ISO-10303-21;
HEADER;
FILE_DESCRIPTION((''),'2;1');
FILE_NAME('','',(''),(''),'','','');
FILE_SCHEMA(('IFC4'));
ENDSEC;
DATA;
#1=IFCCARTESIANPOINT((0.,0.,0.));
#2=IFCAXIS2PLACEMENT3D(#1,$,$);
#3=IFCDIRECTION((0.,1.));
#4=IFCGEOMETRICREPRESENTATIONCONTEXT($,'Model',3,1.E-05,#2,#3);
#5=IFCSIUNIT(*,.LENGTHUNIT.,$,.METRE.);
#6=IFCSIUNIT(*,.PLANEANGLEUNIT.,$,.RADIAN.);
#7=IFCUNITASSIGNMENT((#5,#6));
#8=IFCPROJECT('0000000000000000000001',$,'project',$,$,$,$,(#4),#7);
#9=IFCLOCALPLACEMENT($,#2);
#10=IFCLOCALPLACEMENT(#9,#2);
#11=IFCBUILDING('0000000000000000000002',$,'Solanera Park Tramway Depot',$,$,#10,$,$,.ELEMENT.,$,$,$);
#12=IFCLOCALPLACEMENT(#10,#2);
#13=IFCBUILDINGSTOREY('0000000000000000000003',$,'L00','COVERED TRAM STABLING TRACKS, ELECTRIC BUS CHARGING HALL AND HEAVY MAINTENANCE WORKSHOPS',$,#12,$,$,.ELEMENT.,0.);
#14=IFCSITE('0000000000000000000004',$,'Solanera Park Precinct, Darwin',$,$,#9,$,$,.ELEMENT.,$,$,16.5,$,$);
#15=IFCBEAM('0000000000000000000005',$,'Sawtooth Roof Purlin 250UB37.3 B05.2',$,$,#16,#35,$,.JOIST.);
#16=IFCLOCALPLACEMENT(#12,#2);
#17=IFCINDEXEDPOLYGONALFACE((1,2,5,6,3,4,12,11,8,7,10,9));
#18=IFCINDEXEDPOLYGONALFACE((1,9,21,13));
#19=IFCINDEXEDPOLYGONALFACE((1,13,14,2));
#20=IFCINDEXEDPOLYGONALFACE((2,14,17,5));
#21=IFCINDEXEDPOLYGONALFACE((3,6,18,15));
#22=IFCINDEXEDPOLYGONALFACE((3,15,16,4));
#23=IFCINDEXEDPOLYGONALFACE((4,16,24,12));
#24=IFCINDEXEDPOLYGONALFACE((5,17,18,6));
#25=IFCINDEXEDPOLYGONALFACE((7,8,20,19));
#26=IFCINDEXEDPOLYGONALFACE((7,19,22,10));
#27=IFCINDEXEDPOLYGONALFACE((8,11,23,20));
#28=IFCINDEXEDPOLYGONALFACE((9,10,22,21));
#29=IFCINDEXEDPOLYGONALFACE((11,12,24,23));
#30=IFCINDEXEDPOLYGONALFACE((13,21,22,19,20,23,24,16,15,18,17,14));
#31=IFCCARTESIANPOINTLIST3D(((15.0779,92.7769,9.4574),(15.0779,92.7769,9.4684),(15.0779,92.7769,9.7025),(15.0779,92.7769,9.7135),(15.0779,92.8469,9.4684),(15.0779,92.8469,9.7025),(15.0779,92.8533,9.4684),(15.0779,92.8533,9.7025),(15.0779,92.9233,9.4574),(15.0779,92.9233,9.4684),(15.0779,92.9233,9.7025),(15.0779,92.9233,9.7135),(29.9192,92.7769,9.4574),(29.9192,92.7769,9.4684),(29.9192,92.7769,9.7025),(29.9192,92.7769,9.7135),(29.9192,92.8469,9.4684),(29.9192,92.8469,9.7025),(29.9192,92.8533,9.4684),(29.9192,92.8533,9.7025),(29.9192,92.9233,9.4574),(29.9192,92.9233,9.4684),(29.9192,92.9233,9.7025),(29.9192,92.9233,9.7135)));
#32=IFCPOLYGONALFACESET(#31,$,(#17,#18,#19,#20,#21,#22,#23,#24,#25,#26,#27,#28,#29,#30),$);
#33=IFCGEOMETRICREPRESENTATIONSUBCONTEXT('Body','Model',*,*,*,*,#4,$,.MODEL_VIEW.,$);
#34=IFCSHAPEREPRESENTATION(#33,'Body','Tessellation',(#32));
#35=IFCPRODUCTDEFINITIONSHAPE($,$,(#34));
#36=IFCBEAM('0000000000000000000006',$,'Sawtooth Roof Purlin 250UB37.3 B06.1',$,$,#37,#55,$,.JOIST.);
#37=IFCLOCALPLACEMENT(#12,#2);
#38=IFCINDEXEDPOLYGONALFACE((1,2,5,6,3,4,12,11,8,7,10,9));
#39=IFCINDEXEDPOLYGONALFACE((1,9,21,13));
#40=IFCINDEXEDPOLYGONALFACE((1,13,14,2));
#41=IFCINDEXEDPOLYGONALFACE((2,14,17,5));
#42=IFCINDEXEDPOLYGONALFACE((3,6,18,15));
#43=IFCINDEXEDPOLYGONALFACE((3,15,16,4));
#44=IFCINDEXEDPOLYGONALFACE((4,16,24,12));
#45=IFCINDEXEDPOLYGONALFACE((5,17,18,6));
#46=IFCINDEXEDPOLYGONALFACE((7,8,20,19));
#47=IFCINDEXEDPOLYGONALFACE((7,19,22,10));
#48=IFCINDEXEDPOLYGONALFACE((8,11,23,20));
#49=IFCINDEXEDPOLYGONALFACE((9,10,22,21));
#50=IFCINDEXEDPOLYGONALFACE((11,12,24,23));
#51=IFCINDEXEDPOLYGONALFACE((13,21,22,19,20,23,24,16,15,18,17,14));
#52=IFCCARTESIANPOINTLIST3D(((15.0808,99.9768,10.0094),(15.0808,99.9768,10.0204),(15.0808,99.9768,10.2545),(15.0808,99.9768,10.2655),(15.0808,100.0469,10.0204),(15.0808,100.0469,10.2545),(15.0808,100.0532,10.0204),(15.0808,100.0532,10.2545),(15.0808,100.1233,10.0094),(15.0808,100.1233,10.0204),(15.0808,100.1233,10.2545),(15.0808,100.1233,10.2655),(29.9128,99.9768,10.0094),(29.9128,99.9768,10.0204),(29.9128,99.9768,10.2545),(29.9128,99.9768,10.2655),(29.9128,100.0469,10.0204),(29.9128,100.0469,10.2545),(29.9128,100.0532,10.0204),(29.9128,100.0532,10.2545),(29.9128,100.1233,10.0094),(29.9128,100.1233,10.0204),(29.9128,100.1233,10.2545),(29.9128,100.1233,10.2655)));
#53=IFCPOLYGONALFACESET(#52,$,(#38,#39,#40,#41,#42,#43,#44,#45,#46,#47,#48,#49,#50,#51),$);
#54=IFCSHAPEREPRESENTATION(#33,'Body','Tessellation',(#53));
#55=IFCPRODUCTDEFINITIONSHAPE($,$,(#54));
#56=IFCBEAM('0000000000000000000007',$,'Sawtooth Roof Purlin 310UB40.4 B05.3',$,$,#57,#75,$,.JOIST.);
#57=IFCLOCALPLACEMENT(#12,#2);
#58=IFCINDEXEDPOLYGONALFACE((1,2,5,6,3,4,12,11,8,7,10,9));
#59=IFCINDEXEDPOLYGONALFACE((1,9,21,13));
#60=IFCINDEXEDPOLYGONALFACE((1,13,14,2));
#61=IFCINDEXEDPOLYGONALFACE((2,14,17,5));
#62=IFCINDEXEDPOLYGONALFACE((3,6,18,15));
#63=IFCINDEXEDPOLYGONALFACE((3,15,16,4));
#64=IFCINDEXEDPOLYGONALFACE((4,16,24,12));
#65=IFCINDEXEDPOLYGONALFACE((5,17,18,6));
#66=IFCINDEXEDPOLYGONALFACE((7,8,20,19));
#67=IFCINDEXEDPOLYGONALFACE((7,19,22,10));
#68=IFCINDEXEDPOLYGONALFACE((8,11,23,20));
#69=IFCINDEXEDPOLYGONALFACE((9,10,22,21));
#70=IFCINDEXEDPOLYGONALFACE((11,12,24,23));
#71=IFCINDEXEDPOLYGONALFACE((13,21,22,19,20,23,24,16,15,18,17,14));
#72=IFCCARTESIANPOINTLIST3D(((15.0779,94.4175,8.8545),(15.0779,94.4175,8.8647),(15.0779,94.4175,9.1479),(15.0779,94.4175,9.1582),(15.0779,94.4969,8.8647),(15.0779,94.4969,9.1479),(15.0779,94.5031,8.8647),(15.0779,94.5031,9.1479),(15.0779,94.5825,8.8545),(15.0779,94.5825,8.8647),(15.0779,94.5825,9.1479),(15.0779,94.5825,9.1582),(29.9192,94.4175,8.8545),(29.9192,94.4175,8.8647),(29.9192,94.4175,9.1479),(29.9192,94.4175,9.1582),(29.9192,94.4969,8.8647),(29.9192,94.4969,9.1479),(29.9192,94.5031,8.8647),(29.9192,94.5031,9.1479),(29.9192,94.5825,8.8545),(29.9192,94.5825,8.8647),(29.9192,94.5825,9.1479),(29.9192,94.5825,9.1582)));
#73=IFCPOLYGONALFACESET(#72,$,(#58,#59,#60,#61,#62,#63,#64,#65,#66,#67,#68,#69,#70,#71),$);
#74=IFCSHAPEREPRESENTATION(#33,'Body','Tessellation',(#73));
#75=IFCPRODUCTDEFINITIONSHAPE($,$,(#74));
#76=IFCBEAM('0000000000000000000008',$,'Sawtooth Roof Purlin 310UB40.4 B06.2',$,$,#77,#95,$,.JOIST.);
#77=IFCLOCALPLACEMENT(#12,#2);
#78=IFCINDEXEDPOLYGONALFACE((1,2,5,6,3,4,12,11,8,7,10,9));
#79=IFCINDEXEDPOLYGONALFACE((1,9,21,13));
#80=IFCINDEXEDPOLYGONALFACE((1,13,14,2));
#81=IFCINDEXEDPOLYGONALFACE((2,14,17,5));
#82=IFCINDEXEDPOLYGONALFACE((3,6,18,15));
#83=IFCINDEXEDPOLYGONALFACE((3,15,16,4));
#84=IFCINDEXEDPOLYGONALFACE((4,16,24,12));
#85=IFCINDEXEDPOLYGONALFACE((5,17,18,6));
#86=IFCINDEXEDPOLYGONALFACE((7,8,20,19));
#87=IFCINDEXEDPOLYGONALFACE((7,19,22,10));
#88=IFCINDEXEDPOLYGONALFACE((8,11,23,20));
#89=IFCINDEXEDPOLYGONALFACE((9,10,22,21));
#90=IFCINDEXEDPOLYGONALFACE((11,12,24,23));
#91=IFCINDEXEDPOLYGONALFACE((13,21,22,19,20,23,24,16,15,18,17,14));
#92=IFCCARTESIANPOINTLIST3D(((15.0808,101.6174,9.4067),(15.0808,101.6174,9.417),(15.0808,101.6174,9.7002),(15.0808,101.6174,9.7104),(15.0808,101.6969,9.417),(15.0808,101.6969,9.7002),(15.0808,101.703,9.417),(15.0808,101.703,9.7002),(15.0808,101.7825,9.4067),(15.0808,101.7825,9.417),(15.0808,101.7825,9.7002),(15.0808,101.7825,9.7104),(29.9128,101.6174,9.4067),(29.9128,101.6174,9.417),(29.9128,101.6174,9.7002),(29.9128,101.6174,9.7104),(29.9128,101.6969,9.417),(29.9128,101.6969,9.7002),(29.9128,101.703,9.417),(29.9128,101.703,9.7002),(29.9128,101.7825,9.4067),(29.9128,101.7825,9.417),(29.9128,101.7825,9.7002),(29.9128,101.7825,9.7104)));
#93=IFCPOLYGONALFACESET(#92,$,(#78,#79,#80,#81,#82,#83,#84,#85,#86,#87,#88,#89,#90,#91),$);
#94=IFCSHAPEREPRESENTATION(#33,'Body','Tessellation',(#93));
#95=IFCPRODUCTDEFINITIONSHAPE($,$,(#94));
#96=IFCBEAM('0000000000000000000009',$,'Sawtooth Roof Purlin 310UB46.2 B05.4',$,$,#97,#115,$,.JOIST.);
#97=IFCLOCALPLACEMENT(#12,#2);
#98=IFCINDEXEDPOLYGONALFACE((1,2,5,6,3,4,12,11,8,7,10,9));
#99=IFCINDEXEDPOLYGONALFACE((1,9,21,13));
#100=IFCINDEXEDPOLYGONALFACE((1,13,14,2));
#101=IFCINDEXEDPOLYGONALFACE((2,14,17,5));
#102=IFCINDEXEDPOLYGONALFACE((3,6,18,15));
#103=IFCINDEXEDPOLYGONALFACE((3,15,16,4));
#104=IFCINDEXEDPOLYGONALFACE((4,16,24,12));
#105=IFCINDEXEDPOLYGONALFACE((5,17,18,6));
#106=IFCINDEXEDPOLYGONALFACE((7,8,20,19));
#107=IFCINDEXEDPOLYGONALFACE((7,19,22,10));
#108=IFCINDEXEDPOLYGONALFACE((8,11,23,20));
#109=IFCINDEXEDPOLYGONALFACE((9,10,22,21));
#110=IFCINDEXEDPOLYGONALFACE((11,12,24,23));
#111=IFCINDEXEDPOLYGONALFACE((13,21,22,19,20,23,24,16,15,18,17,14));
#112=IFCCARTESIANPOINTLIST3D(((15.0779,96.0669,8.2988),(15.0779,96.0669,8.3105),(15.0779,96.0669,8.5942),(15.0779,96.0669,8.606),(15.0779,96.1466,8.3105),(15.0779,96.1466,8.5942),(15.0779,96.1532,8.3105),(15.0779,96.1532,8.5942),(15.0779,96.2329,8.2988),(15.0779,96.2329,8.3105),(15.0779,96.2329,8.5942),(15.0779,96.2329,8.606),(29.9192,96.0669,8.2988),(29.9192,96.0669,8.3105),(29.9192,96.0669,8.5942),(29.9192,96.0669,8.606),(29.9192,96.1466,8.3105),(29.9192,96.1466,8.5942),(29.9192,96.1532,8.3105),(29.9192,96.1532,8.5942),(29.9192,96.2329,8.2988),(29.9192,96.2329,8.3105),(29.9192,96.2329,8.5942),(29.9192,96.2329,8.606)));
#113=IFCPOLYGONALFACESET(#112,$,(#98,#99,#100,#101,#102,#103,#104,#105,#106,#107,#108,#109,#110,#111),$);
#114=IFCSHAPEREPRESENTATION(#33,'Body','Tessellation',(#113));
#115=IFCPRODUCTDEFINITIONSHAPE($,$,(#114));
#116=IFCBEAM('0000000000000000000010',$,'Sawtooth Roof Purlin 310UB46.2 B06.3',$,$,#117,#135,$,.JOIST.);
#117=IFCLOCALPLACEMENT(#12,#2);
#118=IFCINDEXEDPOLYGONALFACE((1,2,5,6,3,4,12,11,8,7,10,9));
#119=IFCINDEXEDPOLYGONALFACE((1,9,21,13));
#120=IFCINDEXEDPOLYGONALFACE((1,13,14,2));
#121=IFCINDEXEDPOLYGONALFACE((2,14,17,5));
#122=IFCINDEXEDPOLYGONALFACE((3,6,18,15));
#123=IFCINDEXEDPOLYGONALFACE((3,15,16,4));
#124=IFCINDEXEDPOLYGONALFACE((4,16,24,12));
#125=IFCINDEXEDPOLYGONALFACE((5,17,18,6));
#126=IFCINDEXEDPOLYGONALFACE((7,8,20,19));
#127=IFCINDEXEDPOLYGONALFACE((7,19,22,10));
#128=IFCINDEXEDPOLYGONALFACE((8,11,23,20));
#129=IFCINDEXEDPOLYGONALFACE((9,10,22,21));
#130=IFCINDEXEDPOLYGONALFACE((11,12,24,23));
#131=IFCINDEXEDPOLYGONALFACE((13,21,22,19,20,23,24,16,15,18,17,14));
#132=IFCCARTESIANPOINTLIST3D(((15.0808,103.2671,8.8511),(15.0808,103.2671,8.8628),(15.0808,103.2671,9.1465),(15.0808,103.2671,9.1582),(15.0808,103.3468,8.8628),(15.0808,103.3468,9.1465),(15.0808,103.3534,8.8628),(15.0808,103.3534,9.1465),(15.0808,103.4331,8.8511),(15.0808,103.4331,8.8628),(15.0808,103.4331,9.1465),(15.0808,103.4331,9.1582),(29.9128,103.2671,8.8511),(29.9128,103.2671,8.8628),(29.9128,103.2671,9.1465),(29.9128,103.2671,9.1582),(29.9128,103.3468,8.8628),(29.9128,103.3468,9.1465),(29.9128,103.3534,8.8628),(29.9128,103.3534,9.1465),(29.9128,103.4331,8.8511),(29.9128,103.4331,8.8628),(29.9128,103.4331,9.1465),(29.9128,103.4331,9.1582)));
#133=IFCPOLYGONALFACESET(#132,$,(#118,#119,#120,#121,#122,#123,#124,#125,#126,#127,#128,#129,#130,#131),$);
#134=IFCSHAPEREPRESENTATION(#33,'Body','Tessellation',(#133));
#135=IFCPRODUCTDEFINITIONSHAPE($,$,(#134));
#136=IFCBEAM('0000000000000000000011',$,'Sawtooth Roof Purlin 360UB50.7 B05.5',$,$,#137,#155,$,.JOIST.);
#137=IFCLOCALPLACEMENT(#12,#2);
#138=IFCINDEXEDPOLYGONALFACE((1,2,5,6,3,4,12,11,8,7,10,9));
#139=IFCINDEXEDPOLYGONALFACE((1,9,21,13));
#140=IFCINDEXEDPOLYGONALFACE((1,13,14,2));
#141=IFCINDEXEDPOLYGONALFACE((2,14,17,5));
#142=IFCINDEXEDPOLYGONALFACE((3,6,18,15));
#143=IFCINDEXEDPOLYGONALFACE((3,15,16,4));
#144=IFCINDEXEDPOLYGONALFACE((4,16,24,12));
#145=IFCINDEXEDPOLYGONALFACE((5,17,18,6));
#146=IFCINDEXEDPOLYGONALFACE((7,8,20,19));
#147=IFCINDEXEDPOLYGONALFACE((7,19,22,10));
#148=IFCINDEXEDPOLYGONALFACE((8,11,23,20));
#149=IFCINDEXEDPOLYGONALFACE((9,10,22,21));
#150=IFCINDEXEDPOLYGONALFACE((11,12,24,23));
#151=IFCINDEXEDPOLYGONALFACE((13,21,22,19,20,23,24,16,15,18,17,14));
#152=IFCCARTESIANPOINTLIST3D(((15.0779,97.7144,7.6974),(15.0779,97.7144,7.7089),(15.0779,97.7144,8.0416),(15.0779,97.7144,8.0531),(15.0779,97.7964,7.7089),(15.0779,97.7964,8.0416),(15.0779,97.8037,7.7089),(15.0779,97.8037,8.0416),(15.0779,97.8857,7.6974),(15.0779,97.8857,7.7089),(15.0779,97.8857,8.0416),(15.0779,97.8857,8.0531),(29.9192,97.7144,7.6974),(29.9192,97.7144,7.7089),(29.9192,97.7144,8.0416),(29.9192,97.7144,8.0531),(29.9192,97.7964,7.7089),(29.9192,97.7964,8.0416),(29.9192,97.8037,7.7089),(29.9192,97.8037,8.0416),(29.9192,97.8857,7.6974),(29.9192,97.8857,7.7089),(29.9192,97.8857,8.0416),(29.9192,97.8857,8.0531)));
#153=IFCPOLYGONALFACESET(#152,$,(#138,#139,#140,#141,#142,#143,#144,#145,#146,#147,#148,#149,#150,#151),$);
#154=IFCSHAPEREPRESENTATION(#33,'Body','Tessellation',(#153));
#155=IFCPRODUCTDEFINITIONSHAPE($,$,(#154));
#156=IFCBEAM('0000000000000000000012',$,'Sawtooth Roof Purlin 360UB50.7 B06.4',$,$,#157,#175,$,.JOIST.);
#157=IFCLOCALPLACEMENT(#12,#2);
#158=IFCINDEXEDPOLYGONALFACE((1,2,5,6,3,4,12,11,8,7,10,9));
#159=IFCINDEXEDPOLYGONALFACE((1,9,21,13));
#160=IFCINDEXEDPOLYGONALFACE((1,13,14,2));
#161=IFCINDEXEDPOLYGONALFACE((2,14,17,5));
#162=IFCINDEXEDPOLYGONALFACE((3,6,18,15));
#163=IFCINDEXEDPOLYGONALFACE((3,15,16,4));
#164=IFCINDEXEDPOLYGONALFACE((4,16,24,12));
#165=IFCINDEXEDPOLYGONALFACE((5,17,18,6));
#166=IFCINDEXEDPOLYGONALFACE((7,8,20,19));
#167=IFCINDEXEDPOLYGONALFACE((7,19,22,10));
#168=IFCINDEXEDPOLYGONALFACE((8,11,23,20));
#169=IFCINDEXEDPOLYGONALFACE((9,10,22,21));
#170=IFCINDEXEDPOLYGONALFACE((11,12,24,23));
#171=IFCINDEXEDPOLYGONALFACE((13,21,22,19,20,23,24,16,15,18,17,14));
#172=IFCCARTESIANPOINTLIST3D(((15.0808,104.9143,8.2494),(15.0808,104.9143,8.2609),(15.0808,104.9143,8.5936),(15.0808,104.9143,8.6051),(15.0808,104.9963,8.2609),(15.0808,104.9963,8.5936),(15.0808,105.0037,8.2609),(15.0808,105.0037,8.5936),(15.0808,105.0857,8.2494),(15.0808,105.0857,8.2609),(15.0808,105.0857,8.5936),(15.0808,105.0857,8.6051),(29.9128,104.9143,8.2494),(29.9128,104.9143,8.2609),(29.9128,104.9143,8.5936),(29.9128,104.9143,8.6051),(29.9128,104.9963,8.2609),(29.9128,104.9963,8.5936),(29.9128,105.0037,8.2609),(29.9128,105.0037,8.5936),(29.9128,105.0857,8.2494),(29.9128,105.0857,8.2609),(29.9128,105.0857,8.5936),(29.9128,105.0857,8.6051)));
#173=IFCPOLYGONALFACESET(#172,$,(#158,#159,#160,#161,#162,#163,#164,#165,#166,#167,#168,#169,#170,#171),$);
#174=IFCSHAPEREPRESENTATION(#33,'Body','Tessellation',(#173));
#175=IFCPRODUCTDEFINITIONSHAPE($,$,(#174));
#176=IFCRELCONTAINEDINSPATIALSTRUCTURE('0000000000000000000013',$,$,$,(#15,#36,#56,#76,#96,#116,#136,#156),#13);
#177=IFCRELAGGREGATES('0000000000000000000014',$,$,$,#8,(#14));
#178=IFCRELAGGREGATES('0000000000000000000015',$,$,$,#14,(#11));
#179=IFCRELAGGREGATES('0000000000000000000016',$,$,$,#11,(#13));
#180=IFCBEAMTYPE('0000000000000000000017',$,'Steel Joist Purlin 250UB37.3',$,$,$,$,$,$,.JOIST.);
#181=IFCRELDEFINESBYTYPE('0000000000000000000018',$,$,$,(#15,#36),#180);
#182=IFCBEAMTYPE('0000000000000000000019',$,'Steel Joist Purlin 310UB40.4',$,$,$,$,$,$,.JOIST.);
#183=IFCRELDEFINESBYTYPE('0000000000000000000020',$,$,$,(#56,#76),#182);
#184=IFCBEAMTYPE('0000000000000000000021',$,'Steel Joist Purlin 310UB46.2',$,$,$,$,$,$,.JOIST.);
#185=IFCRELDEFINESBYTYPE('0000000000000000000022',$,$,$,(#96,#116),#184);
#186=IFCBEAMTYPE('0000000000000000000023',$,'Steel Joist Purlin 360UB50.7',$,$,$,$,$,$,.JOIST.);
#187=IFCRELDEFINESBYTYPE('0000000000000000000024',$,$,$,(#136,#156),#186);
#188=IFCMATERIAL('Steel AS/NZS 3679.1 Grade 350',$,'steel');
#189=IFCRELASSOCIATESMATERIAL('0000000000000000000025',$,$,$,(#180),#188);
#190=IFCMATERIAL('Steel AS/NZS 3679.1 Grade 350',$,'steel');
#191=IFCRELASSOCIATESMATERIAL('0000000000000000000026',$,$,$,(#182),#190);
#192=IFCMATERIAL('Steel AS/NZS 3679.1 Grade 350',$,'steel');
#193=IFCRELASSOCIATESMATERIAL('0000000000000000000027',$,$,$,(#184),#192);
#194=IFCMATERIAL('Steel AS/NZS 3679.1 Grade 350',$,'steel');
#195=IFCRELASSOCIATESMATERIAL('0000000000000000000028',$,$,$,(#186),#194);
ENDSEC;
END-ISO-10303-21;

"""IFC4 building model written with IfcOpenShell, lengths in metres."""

from ifc_helpers import new_model, si_unit, direction, frame, origin, origin_2d, place, context, subcontext, project, spatial, i_section, extrude, material, material_profile, profile_set, type_object, element, save


model = new_model("IFC4")

# Units and contexts
model_context = context("Model", 3, precision=1e-05, world=origin(), true_north=direction((0.0, 1.0)))
body_context = subcontext(model_context, "Body", "Model", "MODEL_VIEW")
ifc_project = project(units=[si_unit("LENGTHUNIT", "METRE"), si_unit("PLANEANGLEUNIT", "RADIAN")], contexts=[model_context])

# Site, building, storey
site_placement = place(None, origin())
site = spatial("IfcSite", under=ifc_project, at=site_placement, Name="Solanera Park Precinct, Darwin", CompositionType="ELEMENT", RefElevation=16.5)
building_placement = place(site_placement, origin())
building = spatial("IfcBuilding", under=site, at=building_placement, Name="Solanera Park Tramway Depot", CompositionType="ELEMENT")
storey_placement = place(building_placement, origin())
storey = spatial("IfcBuildingStorey", under=building, at=storey_placement, Name="L00", Description="COVERED TRAM STABLING TRACKS, ELECTRIC BUS CHARGING HALL AND HEAVY MAINTENANCE WORKSHOPS", CompositionType="ELEMENT", Elevation=0.0)

# Beams
ifc_material_1 = material(Name="Steel AS/NZS 3679.1 Grade 350", Category="steel")
ifc_material_profile_1 = material_profile(ifc_material_1, i_section(OverallWidth=0.1465, OverallDepth=0.2561, WebThickness=0.0063, FlangeThickness=0.011, at=origin_2d()), Name="250UB37.3")
ifc_profile_set_1 = profile_set([ifc_material_profile_1], Name="Steel AS/NZS 3679.1 Grade 350")
beam_type_1 = type_object("IfcBeamType", Name="Steel Joist Purlin 250UB37.3", PredefinedType="JOIST", material=ifc_profile_set_1)
beam_1_placement = place(storey_placement, frame((15.0779, 92.8501, 9.5854), z_axis=(1.0, 0.0, 0.0), x_axis=(0.0, 1.0, 0.0)))
element("IfcBeam", 1, at=beam_1_placement, inside=storey, type_object=beam_type_1, Name="Sawtooth Roof Purlin 250UB37.3 B05.2", PredefinedType="JOIST", context=body_context, shape_type="SweptSolid", body=[
    extrude(i_section(OverallWidth=0.1465, OverallDepth=0.2561, WebThickness=0.0063, FlangeThickness=0.011, at=origin_2d()), origin(), (0.0, 0.0, 1.0), 14.8413),
])
beam_2_placement = place(storey_placement, frame((15.0808, 100.05, 10.1375), z_axis=(1.0, 0.0, 0.0), x_axis=(0.0, 1.0, 0.0)))
element("IfcBeam", 2, at=beam_2_placement, inside=storey, type_object=beam_type_1, Name="Sawtooth Roof Purlin 250UB37.3 B06.1", PredefinedType="JOIST", context=body_context, shape_type="SweptSolid", body=[
    extrude(i_section(OverallWidth=0.1465, OverallDepth=0.2561, WebThickness=0.0063, FlangeThickness=0.011, at=origin_2d()), origin(), (0.0, 0.0, 1.0), 14.832),
])
ifc_material_2 = material(Name="Steel AS/NZS 3679.1 Grade 350", Category="steel")
ifc_material_profile_2 = material_profile(ifc_material_2, i_section(OverallWidth=0.165, OverallDepth=0.3037, WebThickness=0.0061, FlangeThickness=0.0103, at=origin_2d()), Name="310UB40.4")
ifc_profile_set_2 = profile_set([ifc_material_profile_2], Name="Steel AS/NZS 3679.1 Grade 350")
beam_type_2 = type_object("IfcBeamType", Name="Steel Joist Purlin 310UB40.4", PredefinedType="JOIST", material=ifc_profile_set_2)
beam_3_placement = place(storey_placement, frame((15.0779, 94.5, 9.0063), z_axis=(1.0, 0.0, 0.0), x_axis=(0.0, 1.0, 0.0)))
element("IfcBeam", 3, at=beam_3_placement, inside=storey, type_object=beam_type_2, Name="Sawtooth Roof Purlin 310UB40.4 B05.3", PredefinedType="JOIST", context=body_context, shape_type="SweptSolid", body=[
    extrude(i_section(OverallWidth=0.165, OverallDepth=0.3037, WebThickness=0.0061, FlangeThickness=0.0103, at=origin_2d()), origin(), (0.0, 0.0, 1.0), 14.8413),
])
beam_4_placement = place(storey_placement, frame((15.0808, 101.7, 9.5586), z_axis=(1.0, 0.0, 0.0), x_axis=(0.0, 1.0, 0.0)))
element("IfcBeam", 4, at=beam_4_placement, inside=storey, type_object=beam_type_2, Name="Sawtooth Roof Purlin 310UB40.4 B06.2", PredefinedType="JOIST", context=body_context, shape_type="SweptSolid", body=[
    extrude(i_section(OverallWidth=0.165, OverallDepth=0.3037, WebThickness=0.0061, FlangeThickness=0.0103, at=origin_2d()), origin(), (0.0, 0.0, 1.0), 14.832),
])
ifc_material_3 = material(Name="Steel AS/NZS 3679.1 Grade 350", Category="steel")
ifc_material_profile_3 = material_profile(ifc_material_3, i_section(OverallWidth=0.166, OverallDepth=0.3071, WebThickness=0.0066, FlangeThickness=0.0117, at=origin_2d()), Name="310UB46.2")
ifc_profile_set_3 = profile_set([ifc_material_profile_3], Name="Steel AS/NZS 3679.1 Grade 350")
beam_type_3 = type_object("IfcBeamType", Name="Steel Joist Purlin 310UB46.2", PredefinedType="JOIST", material=ifc_profile_set_3)
beam_5_placement = place(storey_placement, frame((15.0779, 96.1499, 8.4524), z_axis=(1.0, 0.0, 0.0), x_axis=(0.0, 1.0, 0.0)))
element("IfcBeam", 5, at=beam_5_placement, inside=storey, type_object=beam_type_3, Name="Sawtooth Roof Purlin 310UB46.2 B05.4", PredefinedType="JOIST", context=body_context, shape_type="SweptSolid", body=[
    extrude(i_section(OverallWidth=0.166, OverallDepth=0.3071, WebThickness=0.0066, FlangeThickness=0.0117, at=origin_2d()), origin(), (0.0, 0.0, 1.0), 14.8413),
])
beam_6_placement = place(storey_placement, frame((15.0808, 103.3501, 9.0046), z_axis=(1.0, 0.0, 0.0), x_axis=(0.0, 1.0, 0.0)))
element("IfcBeam", 6, at=beam_6_placement, inside=storey, type_object=beam_type_3, Name="Sawtooth Roof Purlin 310UB46.2 B06.3", PredefinedType="JOIST", context=body_context, shape_type="SweptSolid", body=[
    extrude(i_section(OverallWidth=0.166, OverallDepth=0.3071, WebThickness=0.0066, FlangeThickness=0.0117, at=origin_2d()), origin(), (0.0, 0.0, 1.0), 14.832),
])
ifc_material_4 = material(Name="Steel AS/NZS 3679.1 Grade 350", Category="steel")
ifc_material_profile_4 = material_profile(ifc_material_4, i_section(OverallWidth=0.1714, OverallDepth=0.3557, WebThickness=0.0073, FlangeThickness=0.0115, at=origin_2d()), Name="360UB50.7")
ifc_profile_set_4 = profile_set([ifc_material_profile_4], Name="Steel AS/NZS 3679.1 Grade 350")
beam_type_4 = type_object("IfcBeamType", Name="Steel Joist Purlin 360UB50.7", PredefinedType="JOIST", material=ifc_profile_set_4)
beam_7_placement = place(storey_placement, frame((15.0779, 97.8, 7.8752), z_axis=(1.0, 0.0, 0.0), x_axis=(0.0, 1.0, 0.0)))
element("IfcBeam", 7, at=beam_7_placement, inside=storey, type_object=beam_type_4, Name="Sawtooth Roof Purlin 360UB50.7 B05.5", PredefinedType="JOIST", context=body_context, shape_type="SweptSolid", body=[
    extrude(i_section(OverallWidth=0.1714, OverallDepth=0.3557, WebThickness=0.0073, FlangeThickness=0.0115, at=origin_2d()), origin(), (0.0, 0.0, 1.0), 14.8413),
])
beam_8_placement = place(storey_placement, frame((15.0808, 105.0, 8.4272), z_axis=(1.0, 0.0, 0.0), x_axis=(0.0, 1.0, 0.0)))
element("IfcBeam", 8, at=beam_8_placement, inside=storey, type_object=beam_type_4, Name="Sawtooth Roof Purlin 360UB50.7 B06.4", PredefinedType="JOIST", context=body_context, shape_type="SweptSolid", body=[
    extrude(i_section(OverallWidth=0.1714, OverallDepth=0.3557, WebThickness=0.0073, FlangeThickness=0.0115, at=origin_2d()), origin(), (0.0, 0.0, 1.0), 14.832),
])

save(model, "model.ifc")
